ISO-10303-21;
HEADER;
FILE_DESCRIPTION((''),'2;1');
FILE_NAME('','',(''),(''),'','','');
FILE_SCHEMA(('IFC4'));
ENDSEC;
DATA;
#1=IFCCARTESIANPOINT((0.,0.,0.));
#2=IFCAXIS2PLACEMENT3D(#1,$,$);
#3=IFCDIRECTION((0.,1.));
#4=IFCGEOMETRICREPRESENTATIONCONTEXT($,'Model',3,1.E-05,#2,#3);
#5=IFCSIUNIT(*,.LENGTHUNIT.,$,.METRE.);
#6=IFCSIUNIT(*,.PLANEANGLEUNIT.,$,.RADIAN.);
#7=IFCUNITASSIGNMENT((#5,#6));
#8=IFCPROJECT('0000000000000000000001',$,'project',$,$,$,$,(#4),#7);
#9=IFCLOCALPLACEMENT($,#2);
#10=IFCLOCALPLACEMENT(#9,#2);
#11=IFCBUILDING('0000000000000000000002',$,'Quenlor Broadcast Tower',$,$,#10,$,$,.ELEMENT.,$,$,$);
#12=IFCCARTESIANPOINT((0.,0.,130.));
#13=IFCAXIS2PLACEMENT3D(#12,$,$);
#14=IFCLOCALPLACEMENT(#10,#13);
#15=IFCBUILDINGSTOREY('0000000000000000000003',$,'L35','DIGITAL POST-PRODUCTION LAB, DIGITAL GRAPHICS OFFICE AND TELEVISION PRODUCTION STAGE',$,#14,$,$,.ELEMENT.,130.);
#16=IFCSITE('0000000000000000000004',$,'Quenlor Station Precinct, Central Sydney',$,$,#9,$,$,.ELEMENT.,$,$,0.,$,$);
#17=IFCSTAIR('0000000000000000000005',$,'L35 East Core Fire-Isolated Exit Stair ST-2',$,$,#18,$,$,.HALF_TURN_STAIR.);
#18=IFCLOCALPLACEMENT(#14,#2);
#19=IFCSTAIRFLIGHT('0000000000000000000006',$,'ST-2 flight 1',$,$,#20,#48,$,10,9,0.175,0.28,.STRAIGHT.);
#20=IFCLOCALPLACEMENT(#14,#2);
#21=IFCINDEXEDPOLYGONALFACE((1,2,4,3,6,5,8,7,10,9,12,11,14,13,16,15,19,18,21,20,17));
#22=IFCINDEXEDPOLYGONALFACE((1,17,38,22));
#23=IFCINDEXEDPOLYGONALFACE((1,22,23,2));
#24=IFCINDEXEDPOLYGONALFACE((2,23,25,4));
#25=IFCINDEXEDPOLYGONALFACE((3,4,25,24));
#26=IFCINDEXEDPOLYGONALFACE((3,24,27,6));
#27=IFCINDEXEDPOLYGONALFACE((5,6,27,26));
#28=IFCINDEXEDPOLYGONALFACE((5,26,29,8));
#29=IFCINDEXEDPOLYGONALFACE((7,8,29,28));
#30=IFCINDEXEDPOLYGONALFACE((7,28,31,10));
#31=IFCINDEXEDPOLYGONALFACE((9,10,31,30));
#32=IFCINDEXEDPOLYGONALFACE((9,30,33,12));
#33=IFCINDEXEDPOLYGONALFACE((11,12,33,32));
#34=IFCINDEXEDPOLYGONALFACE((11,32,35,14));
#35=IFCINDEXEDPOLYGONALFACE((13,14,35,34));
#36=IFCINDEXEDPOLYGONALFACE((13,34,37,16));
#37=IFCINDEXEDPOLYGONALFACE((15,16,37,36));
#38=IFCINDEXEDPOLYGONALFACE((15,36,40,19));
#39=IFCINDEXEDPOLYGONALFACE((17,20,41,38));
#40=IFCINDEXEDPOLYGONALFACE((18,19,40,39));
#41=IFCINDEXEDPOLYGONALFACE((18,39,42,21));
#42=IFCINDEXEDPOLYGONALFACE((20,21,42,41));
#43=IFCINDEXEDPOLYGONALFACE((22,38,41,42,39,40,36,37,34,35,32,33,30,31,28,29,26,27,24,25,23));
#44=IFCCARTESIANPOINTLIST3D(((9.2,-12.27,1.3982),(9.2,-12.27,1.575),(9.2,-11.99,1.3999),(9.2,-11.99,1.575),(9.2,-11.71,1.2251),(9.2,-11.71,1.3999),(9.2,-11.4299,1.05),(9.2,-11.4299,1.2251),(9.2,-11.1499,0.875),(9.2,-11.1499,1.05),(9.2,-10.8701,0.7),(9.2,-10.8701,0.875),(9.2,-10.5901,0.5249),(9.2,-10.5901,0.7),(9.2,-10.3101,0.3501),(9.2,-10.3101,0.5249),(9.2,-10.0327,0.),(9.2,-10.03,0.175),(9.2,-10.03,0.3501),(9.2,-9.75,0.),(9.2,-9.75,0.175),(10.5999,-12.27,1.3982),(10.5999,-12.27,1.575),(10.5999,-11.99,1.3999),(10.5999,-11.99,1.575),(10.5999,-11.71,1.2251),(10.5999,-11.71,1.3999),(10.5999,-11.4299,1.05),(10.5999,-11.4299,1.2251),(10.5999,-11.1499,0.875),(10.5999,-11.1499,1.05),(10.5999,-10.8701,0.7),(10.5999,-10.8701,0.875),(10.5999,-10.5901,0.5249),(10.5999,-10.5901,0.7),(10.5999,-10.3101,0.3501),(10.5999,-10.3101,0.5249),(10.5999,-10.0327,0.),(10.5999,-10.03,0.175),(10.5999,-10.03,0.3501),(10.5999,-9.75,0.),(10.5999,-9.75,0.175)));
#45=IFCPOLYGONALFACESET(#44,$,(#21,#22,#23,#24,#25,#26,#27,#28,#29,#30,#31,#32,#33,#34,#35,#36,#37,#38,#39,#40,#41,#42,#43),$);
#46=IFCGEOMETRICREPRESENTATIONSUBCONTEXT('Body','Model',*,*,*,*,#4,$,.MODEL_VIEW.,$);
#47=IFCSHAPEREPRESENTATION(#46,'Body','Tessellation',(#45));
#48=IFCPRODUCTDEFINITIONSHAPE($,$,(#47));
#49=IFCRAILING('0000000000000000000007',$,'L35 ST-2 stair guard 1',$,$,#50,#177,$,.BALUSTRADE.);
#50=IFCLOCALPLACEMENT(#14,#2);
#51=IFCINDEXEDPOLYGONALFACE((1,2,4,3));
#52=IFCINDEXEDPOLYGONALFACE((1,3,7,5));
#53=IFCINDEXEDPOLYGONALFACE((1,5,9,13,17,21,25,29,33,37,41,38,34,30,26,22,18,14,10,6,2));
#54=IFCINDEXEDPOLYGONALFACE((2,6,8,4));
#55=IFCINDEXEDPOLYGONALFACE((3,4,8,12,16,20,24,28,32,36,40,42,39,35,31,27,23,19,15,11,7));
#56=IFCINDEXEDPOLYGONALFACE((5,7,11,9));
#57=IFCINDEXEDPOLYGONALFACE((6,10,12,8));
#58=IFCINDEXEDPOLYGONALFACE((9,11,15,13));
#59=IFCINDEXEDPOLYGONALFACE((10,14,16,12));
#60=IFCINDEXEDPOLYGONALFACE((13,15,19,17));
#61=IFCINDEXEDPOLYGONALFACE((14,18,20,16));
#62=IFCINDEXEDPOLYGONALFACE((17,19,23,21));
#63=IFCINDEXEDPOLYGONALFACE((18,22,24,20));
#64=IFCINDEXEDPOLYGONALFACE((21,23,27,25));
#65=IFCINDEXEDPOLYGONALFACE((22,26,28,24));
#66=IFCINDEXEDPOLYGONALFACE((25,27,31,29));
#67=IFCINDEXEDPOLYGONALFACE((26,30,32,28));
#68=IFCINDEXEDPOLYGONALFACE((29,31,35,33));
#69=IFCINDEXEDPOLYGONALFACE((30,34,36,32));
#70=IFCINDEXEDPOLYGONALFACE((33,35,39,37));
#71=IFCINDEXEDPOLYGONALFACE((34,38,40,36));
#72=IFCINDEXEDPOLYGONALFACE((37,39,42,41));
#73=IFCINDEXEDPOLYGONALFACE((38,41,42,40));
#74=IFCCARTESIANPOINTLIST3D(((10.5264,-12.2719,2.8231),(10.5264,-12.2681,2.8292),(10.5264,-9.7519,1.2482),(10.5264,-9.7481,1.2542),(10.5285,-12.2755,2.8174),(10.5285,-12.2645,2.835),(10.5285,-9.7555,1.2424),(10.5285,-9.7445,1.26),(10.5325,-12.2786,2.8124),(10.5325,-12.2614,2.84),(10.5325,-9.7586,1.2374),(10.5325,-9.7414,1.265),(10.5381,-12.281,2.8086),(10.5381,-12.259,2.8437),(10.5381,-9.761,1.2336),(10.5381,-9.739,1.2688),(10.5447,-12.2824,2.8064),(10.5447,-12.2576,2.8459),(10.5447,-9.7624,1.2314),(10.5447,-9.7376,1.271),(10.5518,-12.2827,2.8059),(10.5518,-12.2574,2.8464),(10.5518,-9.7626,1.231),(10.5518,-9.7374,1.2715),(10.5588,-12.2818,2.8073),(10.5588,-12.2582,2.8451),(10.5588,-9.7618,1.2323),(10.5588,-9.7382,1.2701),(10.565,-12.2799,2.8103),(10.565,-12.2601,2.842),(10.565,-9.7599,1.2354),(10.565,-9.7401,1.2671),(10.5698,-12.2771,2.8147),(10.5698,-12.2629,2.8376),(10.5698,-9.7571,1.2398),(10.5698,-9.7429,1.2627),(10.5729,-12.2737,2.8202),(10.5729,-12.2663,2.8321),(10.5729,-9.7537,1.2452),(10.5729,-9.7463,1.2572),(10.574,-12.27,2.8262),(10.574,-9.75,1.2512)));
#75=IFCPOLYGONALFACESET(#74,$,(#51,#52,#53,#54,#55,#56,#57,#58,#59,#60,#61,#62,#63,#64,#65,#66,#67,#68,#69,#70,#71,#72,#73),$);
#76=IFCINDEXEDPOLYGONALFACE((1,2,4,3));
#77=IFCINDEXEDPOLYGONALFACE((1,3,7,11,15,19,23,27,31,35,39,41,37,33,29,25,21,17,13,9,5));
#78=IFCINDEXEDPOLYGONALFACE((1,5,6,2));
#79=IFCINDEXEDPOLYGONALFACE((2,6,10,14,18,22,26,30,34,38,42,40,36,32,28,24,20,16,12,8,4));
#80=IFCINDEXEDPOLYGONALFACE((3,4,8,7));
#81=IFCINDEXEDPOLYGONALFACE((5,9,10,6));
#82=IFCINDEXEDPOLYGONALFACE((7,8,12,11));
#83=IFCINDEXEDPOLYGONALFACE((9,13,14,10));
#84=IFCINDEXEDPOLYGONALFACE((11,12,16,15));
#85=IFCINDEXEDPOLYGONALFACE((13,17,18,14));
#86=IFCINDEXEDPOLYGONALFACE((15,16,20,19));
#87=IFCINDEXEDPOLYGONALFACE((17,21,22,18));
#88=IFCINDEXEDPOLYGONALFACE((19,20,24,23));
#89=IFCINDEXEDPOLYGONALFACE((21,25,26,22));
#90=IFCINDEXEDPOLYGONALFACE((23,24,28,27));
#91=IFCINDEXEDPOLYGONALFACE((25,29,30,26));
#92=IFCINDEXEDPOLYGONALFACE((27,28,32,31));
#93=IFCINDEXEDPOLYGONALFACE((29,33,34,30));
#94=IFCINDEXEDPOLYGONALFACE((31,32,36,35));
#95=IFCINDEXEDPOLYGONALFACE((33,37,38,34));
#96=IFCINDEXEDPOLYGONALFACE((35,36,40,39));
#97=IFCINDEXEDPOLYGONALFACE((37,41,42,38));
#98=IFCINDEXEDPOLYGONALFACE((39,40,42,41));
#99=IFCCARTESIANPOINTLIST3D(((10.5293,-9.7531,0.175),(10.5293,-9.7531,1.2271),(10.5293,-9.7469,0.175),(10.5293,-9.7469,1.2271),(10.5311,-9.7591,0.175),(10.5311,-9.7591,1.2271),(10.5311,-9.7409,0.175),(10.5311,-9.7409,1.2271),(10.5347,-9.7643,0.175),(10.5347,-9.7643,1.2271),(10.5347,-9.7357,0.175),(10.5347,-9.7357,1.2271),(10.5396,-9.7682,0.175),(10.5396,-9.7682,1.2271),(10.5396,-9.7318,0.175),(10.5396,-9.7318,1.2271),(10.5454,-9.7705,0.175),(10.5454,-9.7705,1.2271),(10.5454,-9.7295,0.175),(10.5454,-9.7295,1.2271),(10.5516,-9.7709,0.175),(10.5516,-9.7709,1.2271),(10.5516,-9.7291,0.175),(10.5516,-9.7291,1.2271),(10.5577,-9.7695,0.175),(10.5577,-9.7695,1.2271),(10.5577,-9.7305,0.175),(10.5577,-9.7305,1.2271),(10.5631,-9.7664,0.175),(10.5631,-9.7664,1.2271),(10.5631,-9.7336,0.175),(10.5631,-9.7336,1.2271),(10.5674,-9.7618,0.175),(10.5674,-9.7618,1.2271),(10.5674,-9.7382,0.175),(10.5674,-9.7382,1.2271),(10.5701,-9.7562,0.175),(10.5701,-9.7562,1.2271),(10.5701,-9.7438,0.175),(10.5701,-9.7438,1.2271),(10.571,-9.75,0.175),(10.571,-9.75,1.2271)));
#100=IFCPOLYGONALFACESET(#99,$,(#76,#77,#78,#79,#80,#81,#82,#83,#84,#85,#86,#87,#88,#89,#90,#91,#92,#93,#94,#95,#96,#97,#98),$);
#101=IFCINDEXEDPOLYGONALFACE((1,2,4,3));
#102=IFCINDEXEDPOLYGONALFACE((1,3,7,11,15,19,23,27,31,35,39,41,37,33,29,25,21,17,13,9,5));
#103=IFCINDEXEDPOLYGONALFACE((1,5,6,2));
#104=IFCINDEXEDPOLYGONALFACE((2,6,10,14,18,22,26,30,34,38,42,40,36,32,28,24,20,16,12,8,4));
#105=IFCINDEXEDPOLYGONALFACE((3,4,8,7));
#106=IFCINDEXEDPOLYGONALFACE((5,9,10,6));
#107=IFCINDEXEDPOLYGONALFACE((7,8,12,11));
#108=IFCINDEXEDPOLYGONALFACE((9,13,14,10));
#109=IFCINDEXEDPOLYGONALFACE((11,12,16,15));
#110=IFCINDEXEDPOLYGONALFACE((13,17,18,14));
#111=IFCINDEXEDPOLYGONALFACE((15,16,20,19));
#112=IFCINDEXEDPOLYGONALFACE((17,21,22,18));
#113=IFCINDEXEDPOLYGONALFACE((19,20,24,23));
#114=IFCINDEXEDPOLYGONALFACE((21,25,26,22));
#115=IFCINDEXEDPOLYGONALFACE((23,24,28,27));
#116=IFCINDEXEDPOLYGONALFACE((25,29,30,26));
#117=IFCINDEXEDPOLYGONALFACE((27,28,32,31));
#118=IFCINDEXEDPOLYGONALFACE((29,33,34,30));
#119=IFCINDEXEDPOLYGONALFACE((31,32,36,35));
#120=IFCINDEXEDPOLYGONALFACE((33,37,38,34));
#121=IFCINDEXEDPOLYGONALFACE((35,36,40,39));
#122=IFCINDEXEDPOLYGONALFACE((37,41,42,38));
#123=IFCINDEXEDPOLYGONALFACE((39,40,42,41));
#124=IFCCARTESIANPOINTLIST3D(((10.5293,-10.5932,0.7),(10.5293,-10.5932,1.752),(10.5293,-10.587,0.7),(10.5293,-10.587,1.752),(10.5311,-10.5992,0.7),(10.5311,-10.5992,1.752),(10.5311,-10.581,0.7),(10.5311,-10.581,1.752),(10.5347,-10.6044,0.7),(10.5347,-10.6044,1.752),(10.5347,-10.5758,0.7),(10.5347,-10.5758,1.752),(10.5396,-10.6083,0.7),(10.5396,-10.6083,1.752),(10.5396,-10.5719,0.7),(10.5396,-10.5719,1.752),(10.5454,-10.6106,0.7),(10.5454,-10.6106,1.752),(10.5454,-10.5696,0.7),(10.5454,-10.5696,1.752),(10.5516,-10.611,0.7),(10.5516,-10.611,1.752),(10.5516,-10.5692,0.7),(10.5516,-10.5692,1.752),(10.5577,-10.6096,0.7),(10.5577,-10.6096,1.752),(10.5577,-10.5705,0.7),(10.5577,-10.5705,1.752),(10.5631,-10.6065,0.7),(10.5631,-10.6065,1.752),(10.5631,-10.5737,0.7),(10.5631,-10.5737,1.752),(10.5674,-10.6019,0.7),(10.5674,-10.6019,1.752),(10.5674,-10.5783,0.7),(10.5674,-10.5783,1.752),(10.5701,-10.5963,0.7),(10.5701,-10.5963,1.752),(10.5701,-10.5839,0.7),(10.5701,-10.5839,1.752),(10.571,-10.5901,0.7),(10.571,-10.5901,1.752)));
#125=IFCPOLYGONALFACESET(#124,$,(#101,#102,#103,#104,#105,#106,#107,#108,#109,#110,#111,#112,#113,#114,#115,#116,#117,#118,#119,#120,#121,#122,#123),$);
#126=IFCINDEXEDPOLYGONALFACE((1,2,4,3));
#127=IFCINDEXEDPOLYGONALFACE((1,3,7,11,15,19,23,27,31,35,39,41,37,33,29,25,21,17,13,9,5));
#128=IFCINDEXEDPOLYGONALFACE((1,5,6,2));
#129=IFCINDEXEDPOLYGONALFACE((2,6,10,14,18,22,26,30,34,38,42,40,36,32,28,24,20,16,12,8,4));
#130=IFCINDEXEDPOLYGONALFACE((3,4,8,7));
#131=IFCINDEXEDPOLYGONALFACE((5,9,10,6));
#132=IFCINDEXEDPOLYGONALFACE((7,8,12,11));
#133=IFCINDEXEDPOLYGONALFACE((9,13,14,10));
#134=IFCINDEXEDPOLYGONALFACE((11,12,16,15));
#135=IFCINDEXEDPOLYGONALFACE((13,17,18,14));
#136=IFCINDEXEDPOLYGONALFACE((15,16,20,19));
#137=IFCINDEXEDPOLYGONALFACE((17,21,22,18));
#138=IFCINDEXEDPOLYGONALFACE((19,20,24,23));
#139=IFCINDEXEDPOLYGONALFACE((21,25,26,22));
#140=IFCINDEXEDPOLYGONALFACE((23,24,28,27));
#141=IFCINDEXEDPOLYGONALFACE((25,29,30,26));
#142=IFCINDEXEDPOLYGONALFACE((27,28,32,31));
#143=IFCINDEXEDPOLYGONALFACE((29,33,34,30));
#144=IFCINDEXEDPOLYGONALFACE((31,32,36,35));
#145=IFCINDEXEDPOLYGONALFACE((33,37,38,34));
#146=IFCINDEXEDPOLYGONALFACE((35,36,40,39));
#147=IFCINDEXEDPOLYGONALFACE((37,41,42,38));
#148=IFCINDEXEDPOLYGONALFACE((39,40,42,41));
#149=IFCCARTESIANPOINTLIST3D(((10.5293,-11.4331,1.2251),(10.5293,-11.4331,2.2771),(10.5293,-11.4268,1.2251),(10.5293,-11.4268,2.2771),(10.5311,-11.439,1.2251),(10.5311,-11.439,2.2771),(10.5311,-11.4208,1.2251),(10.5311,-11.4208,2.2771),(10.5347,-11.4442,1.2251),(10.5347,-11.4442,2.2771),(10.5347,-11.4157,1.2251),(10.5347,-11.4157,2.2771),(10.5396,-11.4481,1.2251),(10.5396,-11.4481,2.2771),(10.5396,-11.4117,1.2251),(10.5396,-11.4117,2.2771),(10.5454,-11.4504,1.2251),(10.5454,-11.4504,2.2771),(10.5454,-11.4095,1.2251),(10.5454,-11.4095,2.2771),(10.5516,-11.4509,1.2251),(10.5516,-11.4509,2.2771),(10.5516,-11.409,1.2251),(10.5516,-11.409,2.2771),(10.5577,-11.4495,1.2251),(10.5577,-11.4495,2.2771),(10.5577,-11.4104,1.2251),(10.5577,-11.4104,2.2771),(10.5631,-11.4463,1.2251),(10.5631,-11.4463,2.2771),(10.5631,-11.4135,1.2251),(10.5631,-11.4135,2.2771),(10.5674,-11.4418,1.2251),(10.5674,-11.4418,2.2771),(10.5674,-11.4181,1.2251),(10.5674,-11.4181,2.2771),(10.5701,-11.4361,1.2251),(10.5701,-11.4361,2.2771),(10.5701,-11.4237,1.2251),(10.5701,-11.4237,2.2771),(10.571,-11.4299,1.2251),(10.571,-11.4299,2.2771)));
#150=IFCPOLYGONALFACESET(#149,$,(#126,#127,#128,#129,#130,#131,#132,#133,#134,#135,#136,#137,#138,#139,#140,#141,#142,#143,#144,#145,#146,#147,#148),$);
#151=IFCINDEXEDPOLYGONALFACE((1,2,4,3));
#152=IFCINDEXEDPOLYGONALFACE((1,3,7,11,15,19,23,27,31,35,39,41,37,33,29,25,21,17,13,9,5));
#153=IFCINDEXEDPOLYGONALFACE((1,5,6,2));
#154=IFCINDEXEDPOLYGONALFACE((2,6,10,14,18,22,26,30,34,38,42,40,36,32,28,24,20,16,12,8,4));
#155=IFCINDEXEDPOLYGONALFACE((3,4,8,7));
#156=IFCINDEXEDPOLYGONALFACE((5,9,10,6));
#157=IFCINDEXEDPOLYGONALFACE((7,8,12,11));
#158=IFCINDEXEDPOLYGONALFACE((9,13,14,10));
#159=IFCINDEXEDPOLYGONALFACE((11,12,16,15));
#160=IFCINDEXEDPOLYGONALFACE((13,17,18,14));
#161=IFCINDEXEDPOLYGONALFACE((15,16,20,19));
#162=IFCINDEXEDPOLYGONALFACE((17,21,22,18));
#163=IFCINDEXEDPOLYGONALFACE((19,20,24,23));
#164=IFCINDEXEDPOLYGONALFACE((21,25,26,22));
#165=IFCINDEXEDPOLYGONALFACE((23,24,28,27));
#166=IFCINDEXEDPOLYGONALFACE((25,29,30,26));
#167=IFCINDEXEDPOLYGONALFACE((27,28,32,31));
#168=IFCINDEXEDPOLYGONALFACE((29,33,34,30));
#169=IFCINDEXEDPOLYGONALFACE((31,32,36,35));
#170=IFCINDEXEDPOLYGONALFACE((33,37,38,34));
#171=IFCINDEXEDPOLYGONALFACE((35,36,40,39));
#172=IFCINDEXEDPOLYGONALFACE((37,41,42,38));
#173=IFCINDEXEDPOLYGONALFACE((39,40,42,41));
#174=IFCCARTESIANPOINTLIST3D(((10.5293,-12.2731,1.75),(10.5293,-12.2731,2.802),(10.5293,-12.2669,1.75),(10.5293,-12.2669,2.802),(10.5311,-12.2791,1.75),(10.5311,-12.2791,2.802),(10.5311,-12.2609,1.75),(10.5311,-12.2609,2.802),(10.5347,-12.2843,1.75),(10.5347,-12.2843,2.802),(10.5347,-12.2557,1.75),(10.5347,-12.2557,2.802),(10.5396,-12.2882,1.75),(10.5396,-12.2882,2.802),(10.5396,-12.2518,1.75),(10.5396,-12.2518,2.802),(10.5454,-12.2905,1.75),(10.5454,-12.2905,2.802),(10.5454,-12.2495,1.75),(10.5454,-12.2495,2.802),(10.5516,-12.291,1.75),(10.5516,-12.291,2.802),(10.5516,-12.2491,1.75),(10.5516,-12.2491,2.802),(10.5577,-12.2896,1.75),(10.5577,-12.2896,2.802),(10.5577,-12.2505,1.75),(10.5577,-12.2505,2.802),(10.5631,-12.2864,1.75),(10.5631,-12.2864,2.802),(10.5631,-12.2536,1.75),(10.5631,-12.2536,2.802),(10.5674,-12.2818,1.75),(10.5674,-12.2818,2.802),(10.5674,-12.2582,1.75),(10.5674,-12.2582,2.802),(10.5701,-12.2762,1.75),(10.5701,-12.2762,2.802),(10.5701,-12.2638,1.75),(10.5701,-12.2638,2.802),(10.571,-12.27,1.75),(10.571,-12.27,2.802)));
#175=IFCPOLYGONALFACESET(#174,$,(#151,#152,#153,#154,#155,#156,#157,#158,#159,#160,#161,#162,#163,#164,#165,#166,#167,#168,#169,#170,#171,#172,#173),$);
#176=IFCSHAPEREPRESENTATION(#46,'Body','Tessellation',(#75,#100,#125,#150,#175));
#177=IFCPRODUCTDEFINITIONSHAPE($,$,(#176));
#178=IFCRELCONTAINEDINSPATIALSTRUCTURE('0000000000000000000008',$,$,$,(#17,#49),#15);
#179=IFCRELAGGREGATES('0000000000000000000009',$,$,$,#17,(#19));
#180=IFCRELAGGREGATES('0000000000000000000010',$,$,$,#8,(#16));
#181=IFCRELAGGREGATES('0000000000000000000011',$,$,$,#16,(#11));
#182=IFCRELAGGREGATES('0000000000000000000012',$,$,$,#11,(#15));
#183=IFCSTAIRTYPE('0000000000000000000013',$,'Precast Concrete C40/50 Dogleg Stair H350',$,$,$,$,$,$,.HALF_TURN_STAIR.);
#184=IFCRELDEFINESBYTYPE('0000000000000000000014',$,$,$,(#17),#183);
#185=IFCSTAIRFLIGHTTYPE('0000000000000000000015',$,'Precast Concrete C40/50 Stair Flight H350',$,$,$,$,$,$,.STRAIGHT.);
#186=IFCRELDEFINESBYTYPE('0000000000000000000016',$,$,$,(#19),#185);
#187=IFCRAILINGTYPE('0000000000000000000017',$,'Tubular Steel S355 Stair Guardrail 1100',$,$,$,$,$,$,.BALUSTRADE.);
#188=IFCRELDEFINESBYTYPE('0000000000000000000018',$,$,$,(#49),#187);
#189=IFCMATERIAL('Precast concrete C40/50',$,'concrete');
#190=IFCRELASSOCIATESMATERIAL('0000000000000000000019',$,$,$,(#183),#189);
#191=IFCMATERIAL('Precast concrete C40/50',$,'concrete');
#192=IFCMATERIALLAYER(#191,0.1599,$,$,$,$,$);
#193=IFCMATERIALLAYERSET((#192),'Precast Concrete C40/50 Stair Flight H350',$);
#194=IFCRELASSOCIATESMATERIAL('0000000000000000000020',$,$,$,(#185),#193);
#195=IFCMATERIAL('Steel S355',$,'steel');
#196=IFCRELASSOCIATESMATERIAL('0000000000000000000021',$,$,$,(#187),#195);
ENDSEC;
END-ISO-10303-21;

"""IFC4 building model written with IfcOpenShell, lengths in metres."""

from ifc_helpers import new_model, si_unit, direction, frame, origin, origin_2d, place, context, subcontext, project, spatial, polyline, circle, outline, extrude, material, layer, layer_set, type_object, element, aggregate, save


model = new_model("IFC4")

# Units and contexts
model_context = context("Model", 3, precision=1e-05, world=origin(), true_north=direction((0.0, 1.0)))
body_context = subcontext(model_context, "Body", "Model", "MODEL_VIEW")
ifc_project = project(units=[si_unit("LENGTHUNIT", "METRE"), si_unit("PLANEANGLEUNIT", "RADIAN")], contexts=[model_context])

# Site, building, storey
site_placement = place(None, origin())
site = spatial("IfcSite", under=ifc_project, at=site_placement, Name="Quenlor Station Precinct, Central Sydney", CompositionType="ELEMENT", RefElevation=0.0)
building_placement = place(site_placement, origin())
building = spatial("IfcBuilding", under=site, at=building_placement, Name="Quenlor Broadcast Tower", CompositionType="ELEMENT")
storey_placement = place(building_placement, frame((0.0, 0.0, 130.0)))
storey = spatial("IfcBuildingStorey", under=building, at=storey_placement, Name="L35", Description="DIGITAL POST-PRODUCTION LAB, DIGITAL GRAPHICS OFFICE AND TELEVISION PRODUCTION STAGE", CompositionType="ELEMENT", Elevation=130.0)

# Stair, stair flight
ifc_material_1 = material(Name="Precast concrete C40/50", Category="concrete")
stair_type = type_object("IfcStairType", Name="Precast Concrete C40/50 Dogleg Stair H350", PredefinedType="HALF_TURN_STAIR", material=ifc_material_1)
stair_placement = place(storey_placement, origin())
stair = element("IfcStair", 1, at=stair_placement, inside=storey, type_object=stair_type, Name="L35 East Core Fire-Isolated Exit Stair ST-2", PredefinedType="HALF_TURN_STAIR")
ifc_material_2 = material(Name="Precast concrete C40/50", Category="concrete")
ifc_layer_1 = layer(ifc_material_2, 0.1599)
ifc_layer_set_1 = layer_set([ifc_layer_1], Name="Precast Concrete C40/50 Stair Flight H350")
stair_flight_type = type_object("IfcStairFlightType", Name="Precast Concrete C40/50 Stair Flight H350", PredefinedType="STRAIGHT", material=ifc_layer_set_1)
stair_flight_placement = place(storey_placement, frame((9.8999, -9.75, 0.0), z_axis=(0.0, 0.0, 1.0), x_axis=(0.0, -1.0, 0.0)))
stair_flight = element("IfcStairFlight", 2, at=stair_flight_placement, type_object=stair_flight_type, Name="ST-2 flight 1", NumberOfRisers=10, NumberOfTreads=9, PredefinedType="STRAIGHT", RiserHeight=0.175, TreadLength=0.28, context=body_context, shape_type="SweptSolid", body=[
    extrude(outline(polyline([(0.0, 0.0), (0.0, 0.175), (0.28, 0.175), (0.28, 0.3501), (0.5601, 0.3501), (0.5601, 0.5249), (0.8401, 0.5249), (0.8401, 0.7), (1.1201, 0.7), (1.1201, 0.875), (1.3999, 0.875), (1.3999, 1.05), (1.6799, 1.05), (1.6799, 1.2251), (1.96, 1.2251), (1.96, 1.3999), (2.24, 1.3999), (2.24, 1.575), (2.52, 1.575), (2.52, 1.75), (2.52, 1.3982), (0.2827, 0.0), (0.0, 0.0)])), frame((0.0, 0.7, 0.0), z_axis=(0.0, -1.0, 0.0), x_axis=(1.0, 0.0, 0.0)), (0.0, 0.0, 1.0), 1.3999),
])
aggregate(stair, [stair_flight])

# Railing
ifc_material_3 = material(Name="Steel S355", Category="steel")
railing_type = type_object("IfcRailingType", Name="Tubular Steel S355 Stair Guardrail 1100", PredefinedType="BALUSTRADE", material=ifc_material_3)
railing_1_placement = place(storey_placement, frame((10.55, -9.75, 0.175)))
element("IfcRailing", 3, at=railing_1_placement, inside=storey, type_object=railing_type, Name="L35 ST-2 stair guard 1", PredefinedType="BALUSTRADE", context=body_context, shape_type="SweptSolid", body=[
    extrude(circle(Radius=0.0239, at=origin_2d()), frame((0.0, 0.0, 1.0762), z_axis=(0.0, -0.848008, 0.529984), x_axis=(1.0, 0.0, 0.0)), (0.0, 0.0, 1.0), 2.9717),
    extrude(circle(Radius=0.021, at=origin_2d()), origin(), (0.0, 0.0, 1.0), 1.052),
    extrude(circle(Radius=0.021, at=origin_2d()), frame((0.0, -0.8401, 0.5249)), (0.0, 0.0, 1.0), 1.052),
    extrude(circle(Radius=0.021, at=origin_2d()), frame((0.0, -1.6799, 1.05)), (0.0, 0.0, 1.0), 1.052),
    extrude(circle(Radius=0.021, at=origin_2d()), frame((0.0, -2.52, 1.575)), (0.0, 0.0, 1.0), 1.052),
])

save(model, "model.ifc")
